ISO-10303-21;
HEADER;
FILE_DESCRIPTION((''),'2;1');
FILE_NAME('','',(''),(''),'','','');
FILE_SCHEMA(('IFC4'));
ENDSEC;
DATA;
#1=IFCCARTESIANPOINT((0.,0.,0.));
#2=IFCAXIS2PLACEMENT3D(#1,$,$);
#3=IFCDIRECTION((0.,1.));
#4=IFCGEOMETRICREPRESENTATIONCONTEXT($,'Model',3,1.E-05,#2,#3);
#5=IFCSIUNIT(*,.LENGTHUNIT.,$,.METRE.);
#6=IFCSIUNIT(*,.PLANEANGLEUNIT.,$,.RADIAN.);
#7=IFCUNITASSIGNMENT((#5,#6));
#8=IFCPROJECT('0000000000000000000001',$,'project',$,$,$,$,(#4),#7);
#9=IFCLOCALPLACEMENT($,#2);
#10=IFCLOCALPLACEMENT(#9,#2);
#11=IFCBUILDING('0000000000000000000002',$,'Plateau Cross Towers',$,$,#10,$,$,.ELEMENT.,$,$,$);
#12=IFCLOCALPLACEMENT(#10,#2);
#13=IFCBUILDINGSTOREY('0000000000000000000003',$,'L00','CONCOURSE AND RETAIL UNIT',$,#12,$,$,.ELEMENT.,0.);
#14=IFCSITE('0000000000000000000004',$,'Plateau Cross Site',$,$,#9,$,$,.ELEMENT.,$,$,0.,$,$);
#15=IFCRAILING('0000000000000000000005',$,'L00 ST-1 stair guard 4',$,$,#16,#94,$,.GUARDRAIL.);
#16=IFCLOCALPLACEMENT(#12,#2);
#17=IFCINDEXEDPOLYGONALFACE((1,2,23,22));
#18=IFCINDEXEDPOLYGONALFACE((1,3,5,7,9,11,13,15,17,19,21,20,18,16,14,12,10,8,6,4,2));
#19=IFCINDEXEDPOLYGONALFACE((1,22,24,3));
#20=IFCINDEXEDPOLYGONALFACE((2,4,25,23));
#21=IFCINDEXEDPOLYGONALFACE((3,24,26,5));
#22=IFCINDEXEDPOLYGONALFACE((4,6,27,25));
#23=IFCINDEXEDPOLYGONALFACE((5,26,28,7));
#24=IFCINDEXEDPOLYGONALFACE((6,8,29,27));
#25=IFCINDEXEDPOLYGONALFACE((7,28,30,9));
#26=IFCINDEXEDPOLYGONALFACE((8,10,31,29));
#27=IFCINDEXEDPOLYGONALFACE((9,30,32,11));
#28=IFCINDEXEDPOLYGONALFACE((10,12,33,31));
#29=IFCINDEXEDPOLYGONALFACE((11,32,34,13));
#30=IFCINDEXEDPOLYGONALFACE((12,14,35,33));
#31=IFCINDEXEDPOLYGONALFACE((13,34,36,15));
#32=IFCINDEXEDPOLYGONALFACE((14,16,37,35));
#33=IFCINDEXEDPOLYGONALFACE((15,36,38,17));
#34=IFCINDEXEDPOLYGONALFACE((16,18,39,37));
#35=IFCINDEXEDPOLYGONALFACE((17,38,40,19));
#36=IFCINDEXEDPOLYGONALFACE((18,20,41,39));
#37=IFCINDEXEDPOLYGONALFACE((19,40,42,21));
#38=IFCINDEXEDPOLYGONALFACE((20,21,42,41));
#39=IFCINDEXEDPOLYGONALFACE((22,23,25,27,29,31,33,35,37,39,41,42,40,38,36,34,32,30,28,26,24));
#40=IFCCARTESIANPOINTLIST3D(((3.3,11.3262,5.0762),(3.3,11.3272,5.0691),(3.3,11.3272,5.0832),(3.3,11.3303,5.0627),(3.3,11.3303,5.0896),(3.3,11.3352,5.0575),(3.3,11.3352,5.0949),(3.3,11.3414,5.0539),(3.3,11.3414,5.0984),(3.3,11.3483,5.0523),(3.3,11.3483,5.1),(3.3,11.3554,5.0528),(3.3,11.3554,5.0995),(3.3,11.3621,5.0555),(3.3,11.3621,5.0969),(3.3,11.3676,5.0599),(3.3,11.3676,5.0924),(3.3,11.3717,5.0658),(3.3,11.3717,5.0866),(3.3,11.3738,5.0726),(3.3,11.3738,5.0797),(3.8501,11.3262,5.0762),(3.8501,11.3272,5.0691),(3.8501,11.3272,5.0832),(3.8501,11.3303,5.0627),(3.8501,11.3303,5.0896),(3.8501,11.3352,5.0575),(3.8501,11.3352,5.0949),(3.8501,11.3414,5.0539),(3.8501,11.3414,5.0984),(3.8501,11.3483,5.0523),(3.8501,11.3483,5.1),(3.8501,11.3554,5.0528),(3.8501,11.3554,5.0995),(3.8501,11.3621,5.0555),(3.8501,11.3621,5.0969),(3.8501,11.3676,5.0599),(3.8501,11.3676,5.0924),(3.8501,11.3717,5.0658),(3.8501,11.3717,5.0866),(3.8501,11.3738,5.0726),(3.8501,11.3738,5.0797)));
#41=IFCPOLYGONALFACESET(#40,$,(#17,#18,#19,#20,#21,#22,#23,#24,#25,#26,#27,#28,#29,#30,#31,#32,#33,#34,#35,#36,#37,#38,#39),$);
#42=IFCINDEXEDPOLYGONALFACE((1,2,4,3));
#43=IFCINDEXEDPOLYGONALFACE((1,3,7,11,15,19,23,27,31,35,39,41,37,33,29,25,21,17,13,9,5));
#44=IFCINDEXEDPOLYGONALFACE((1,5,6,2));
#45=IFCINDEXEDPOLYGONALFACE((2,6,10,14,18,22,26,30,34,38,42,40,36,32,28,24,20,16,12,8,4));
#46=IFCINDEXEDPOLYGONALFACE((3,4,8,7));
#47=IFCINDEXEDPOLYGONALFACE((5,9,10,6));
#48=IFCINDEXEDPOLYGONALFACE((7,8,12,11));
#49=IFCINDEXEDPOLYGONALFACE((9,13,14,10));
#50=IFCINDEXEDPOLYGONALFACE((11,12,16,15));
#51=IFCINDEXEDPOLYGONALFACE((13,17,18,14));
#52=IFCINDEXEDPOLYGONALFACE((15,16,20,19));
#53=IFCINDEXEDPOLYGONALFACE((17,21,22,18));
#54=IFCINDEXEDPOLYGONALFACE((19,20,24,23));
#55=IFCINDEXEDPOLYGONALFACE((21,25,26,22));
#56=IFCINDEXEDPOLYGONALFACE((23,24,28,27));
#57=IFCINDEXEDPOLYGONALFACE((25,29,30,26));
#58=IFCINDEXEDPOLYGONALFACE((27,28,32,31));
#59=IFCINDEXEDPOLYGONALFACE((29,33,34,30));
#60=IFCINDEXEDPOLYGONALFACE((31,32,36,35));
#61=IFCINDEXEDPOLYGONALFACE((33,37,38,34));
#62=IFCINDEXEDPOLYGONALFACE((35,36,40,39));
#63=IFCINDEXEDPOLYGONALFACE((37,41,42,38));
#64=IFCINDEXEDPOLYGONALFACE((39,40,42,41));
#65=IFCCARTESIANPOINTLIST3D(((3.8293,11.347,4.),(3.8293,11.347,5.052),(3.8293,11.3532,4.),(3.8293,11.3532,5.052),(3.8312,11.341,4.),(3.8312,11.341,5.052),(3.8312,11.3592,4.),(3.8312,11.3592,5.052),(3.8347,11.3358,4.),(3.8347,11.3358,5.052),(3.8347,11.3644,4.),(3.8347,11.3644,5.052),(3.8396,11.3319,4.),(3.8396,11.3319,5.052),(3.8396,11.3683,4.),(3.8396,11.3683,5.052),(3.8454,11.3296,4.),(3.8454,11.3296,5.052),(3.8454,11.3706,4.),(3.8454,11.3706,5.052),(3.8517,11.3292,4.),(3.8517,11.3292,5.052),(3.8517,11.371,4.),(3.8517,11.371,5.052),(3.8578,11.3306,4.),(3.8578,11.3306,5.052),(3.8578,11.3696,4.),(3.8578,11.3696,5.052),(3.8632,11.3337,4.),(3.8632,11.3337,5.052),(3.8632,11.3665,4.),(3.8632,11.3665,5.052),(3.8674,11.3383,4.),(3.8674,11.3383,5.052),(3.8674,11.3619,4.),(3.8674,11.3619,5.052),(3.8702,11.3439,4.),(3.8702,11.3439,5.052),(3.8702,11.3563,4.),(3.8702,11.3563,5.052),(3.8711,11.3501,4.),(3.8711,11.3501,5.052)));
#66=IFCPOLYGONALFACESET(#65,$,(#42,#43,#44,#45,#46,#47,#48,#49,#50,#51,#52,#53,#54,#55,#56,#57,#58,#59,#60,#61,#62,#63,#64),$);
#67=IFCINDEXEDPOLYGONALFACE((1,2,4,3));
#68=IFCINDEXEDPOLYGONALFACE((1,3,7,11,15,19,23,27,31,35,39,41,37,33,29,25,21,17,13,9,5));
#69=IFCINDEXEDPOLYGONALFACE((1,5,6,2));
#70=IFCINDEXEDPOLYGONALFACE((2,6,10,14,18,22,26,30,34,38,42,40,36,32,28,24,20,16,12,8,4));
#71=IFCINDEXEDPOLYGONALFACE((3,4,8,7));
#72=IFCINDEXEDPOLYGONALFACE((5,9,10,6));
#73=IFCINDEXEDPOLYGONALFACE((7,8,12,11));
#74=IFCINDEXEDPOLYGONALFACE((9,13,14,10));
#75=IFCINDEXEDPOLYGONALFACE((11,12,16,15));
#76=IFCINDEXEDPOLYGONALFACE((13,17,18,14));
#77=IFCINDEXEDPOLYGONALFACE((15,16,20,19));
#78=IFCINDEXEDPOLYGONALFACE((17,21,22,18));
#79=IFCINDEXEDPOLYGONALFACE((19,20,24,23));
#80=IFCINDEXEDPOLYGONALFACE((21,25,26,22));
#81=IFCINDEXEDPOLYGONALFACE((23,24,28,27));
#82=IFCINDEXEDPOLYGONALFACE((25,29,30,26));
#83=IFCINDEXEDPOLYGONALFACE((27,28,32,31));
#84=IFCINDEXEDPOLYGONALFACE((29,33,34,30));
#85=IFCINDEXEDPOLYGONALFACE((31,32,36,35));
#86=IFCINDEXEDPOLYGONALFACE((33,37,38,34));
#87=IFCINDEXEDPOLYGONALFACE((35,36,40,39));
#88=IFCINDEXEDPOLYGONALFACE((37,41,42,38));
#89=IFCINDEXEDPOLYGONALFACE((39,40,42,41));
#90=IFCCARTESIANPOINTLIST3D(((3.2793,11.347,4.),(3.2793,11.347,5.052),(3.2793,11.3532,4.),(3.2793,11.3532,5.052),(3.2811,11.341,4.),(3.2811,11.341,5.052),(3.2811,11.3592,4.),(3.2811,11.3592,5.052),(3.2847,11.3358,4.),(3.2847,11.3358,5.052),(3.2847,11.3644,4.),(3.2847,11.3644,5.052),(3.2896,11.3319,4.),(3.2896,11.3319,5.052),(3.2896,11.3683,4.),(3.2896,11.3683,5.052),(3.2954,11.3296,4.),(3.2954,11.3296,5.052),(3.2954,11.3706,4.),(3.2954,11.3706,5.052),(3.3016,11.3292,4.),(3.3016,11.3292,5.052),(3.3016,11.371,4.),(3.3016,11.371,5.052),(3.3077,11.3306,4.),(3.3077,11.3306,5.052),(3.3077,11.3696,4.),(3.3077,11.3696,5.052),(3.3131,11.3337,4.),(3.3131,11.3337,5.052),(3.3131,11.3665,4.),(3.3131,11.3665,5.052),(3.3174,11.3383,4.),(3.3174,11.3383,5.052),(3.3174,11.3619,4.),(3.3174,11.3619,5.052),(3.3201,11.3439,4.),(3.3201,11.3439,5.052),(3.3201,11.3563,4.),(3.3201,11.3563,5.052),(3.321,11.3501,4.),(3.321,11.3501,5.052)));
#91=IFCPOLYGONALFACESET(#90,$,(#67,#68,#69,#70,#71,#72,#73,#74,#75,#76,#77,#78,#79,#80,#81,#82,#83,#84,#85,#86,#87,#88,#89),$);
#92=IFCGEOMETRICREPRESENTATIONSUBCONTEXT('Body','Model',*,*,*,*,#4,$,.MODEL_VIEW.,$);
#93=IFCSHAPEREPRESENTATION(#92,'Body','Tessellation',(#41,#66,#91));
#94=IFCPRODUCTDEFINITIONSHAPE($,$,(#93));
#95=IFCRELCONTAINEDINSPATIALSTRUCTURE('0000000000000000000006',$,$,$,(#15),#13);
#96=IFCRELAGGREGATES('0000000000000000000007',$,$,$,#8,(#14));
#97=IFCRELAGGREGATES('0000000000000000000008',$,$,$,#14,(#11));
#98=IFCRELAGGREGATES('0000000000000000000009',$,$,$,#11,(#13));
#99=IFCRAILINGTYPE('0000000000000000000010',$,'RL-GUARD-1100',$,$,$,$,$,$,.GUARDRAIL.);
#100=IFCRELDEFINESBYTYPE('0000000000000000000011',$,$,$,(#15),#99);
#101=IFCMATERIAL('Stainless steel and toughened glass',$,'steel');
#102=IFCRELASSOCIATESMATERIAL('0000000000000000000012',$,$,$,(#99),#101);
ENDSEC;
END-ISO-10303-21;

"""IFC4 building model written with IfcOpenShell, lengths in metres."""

from ifc_helpers import new_model, si_unit, direction, frame, origin, origin_2d, place, context, subcontext, project, spatial, circle, extrude, material, type_object, element, save


model = new_model("IFC4")

# Units and contexts
model_context = context("Model", 3, precision=1e-05, world=origin(), true_north=direction((0.0, 1.0)))
body_context = subcontext(model_context, "Body", "Model", "MODEL_VIEW")
ifc_project = project(units=[si_unit("LENGTHUNIT", "METRE"), si_unit("PLANEANGLEUNIT", "RADIAN")], contexts=[model_context])

# Site, building, storey
site_placement = place(None, origin())
site = spatial("IfcSite", under=ifc_project, at=site_placement, Name="Plateau Cross Site", CompositionType="ELEMENT", RefElevation=0.0)
building_placement = place(site_placement, origin())
building = spatial("IfcBuilding", under=site, at=building_placement, Name="Plateau Cross Towers", CompositionType="ELEMENT")
storey_placement = place(building_placement, origin())
storey = spatial("IfcBuildingStorey", under=building, at=storey_placement, Name="L00", Description="CONCOURSE AND RETAIL UNIT", CompositionType="ELEMENT", Elevation=0.0)

# Railing
ifc_material_1 = material(Name="Stainless steel and toughened glass", Category="steel")
railing_type = type_object("IfcRailingType", Name="RL-GUARD-1100", PredefinedType="GUARDRAIL", material=ifc_material_1)
railing_1_placement = place(storey_placement, frame((3.8501, 11.3501, 4.0)))
element("IfcRailing", 1, at=railing_1_placement, inside=storey, type_object=railing_type, Name="L00 ST-1 stair guard 4", PredefinedType="GUARDRAIL", context=body_context, shape_type="SweptSolid", body=[
    extrude(circle(Radius=0.0239, at=origin_2d()), frame((0.0, 0.0, 1.0762), z_axis=(-1.0, 0.0, 0.0), x_axis=(0.0, -1.0, 0.0)), (0.0, 0.0, 1.0), 0.55),
    extrude(circle(Radius=0.021, at=origin_2d()), origin(), (0.0, 0.0, 1.0), 1.052),
    extrude(circle(Radius=0.021, at=origin_2d()), frame((-0.55, 0.0, 0.0)), (0.0, 0.0, 1.0), 1.052),
])

save(model, "model.ifc")
